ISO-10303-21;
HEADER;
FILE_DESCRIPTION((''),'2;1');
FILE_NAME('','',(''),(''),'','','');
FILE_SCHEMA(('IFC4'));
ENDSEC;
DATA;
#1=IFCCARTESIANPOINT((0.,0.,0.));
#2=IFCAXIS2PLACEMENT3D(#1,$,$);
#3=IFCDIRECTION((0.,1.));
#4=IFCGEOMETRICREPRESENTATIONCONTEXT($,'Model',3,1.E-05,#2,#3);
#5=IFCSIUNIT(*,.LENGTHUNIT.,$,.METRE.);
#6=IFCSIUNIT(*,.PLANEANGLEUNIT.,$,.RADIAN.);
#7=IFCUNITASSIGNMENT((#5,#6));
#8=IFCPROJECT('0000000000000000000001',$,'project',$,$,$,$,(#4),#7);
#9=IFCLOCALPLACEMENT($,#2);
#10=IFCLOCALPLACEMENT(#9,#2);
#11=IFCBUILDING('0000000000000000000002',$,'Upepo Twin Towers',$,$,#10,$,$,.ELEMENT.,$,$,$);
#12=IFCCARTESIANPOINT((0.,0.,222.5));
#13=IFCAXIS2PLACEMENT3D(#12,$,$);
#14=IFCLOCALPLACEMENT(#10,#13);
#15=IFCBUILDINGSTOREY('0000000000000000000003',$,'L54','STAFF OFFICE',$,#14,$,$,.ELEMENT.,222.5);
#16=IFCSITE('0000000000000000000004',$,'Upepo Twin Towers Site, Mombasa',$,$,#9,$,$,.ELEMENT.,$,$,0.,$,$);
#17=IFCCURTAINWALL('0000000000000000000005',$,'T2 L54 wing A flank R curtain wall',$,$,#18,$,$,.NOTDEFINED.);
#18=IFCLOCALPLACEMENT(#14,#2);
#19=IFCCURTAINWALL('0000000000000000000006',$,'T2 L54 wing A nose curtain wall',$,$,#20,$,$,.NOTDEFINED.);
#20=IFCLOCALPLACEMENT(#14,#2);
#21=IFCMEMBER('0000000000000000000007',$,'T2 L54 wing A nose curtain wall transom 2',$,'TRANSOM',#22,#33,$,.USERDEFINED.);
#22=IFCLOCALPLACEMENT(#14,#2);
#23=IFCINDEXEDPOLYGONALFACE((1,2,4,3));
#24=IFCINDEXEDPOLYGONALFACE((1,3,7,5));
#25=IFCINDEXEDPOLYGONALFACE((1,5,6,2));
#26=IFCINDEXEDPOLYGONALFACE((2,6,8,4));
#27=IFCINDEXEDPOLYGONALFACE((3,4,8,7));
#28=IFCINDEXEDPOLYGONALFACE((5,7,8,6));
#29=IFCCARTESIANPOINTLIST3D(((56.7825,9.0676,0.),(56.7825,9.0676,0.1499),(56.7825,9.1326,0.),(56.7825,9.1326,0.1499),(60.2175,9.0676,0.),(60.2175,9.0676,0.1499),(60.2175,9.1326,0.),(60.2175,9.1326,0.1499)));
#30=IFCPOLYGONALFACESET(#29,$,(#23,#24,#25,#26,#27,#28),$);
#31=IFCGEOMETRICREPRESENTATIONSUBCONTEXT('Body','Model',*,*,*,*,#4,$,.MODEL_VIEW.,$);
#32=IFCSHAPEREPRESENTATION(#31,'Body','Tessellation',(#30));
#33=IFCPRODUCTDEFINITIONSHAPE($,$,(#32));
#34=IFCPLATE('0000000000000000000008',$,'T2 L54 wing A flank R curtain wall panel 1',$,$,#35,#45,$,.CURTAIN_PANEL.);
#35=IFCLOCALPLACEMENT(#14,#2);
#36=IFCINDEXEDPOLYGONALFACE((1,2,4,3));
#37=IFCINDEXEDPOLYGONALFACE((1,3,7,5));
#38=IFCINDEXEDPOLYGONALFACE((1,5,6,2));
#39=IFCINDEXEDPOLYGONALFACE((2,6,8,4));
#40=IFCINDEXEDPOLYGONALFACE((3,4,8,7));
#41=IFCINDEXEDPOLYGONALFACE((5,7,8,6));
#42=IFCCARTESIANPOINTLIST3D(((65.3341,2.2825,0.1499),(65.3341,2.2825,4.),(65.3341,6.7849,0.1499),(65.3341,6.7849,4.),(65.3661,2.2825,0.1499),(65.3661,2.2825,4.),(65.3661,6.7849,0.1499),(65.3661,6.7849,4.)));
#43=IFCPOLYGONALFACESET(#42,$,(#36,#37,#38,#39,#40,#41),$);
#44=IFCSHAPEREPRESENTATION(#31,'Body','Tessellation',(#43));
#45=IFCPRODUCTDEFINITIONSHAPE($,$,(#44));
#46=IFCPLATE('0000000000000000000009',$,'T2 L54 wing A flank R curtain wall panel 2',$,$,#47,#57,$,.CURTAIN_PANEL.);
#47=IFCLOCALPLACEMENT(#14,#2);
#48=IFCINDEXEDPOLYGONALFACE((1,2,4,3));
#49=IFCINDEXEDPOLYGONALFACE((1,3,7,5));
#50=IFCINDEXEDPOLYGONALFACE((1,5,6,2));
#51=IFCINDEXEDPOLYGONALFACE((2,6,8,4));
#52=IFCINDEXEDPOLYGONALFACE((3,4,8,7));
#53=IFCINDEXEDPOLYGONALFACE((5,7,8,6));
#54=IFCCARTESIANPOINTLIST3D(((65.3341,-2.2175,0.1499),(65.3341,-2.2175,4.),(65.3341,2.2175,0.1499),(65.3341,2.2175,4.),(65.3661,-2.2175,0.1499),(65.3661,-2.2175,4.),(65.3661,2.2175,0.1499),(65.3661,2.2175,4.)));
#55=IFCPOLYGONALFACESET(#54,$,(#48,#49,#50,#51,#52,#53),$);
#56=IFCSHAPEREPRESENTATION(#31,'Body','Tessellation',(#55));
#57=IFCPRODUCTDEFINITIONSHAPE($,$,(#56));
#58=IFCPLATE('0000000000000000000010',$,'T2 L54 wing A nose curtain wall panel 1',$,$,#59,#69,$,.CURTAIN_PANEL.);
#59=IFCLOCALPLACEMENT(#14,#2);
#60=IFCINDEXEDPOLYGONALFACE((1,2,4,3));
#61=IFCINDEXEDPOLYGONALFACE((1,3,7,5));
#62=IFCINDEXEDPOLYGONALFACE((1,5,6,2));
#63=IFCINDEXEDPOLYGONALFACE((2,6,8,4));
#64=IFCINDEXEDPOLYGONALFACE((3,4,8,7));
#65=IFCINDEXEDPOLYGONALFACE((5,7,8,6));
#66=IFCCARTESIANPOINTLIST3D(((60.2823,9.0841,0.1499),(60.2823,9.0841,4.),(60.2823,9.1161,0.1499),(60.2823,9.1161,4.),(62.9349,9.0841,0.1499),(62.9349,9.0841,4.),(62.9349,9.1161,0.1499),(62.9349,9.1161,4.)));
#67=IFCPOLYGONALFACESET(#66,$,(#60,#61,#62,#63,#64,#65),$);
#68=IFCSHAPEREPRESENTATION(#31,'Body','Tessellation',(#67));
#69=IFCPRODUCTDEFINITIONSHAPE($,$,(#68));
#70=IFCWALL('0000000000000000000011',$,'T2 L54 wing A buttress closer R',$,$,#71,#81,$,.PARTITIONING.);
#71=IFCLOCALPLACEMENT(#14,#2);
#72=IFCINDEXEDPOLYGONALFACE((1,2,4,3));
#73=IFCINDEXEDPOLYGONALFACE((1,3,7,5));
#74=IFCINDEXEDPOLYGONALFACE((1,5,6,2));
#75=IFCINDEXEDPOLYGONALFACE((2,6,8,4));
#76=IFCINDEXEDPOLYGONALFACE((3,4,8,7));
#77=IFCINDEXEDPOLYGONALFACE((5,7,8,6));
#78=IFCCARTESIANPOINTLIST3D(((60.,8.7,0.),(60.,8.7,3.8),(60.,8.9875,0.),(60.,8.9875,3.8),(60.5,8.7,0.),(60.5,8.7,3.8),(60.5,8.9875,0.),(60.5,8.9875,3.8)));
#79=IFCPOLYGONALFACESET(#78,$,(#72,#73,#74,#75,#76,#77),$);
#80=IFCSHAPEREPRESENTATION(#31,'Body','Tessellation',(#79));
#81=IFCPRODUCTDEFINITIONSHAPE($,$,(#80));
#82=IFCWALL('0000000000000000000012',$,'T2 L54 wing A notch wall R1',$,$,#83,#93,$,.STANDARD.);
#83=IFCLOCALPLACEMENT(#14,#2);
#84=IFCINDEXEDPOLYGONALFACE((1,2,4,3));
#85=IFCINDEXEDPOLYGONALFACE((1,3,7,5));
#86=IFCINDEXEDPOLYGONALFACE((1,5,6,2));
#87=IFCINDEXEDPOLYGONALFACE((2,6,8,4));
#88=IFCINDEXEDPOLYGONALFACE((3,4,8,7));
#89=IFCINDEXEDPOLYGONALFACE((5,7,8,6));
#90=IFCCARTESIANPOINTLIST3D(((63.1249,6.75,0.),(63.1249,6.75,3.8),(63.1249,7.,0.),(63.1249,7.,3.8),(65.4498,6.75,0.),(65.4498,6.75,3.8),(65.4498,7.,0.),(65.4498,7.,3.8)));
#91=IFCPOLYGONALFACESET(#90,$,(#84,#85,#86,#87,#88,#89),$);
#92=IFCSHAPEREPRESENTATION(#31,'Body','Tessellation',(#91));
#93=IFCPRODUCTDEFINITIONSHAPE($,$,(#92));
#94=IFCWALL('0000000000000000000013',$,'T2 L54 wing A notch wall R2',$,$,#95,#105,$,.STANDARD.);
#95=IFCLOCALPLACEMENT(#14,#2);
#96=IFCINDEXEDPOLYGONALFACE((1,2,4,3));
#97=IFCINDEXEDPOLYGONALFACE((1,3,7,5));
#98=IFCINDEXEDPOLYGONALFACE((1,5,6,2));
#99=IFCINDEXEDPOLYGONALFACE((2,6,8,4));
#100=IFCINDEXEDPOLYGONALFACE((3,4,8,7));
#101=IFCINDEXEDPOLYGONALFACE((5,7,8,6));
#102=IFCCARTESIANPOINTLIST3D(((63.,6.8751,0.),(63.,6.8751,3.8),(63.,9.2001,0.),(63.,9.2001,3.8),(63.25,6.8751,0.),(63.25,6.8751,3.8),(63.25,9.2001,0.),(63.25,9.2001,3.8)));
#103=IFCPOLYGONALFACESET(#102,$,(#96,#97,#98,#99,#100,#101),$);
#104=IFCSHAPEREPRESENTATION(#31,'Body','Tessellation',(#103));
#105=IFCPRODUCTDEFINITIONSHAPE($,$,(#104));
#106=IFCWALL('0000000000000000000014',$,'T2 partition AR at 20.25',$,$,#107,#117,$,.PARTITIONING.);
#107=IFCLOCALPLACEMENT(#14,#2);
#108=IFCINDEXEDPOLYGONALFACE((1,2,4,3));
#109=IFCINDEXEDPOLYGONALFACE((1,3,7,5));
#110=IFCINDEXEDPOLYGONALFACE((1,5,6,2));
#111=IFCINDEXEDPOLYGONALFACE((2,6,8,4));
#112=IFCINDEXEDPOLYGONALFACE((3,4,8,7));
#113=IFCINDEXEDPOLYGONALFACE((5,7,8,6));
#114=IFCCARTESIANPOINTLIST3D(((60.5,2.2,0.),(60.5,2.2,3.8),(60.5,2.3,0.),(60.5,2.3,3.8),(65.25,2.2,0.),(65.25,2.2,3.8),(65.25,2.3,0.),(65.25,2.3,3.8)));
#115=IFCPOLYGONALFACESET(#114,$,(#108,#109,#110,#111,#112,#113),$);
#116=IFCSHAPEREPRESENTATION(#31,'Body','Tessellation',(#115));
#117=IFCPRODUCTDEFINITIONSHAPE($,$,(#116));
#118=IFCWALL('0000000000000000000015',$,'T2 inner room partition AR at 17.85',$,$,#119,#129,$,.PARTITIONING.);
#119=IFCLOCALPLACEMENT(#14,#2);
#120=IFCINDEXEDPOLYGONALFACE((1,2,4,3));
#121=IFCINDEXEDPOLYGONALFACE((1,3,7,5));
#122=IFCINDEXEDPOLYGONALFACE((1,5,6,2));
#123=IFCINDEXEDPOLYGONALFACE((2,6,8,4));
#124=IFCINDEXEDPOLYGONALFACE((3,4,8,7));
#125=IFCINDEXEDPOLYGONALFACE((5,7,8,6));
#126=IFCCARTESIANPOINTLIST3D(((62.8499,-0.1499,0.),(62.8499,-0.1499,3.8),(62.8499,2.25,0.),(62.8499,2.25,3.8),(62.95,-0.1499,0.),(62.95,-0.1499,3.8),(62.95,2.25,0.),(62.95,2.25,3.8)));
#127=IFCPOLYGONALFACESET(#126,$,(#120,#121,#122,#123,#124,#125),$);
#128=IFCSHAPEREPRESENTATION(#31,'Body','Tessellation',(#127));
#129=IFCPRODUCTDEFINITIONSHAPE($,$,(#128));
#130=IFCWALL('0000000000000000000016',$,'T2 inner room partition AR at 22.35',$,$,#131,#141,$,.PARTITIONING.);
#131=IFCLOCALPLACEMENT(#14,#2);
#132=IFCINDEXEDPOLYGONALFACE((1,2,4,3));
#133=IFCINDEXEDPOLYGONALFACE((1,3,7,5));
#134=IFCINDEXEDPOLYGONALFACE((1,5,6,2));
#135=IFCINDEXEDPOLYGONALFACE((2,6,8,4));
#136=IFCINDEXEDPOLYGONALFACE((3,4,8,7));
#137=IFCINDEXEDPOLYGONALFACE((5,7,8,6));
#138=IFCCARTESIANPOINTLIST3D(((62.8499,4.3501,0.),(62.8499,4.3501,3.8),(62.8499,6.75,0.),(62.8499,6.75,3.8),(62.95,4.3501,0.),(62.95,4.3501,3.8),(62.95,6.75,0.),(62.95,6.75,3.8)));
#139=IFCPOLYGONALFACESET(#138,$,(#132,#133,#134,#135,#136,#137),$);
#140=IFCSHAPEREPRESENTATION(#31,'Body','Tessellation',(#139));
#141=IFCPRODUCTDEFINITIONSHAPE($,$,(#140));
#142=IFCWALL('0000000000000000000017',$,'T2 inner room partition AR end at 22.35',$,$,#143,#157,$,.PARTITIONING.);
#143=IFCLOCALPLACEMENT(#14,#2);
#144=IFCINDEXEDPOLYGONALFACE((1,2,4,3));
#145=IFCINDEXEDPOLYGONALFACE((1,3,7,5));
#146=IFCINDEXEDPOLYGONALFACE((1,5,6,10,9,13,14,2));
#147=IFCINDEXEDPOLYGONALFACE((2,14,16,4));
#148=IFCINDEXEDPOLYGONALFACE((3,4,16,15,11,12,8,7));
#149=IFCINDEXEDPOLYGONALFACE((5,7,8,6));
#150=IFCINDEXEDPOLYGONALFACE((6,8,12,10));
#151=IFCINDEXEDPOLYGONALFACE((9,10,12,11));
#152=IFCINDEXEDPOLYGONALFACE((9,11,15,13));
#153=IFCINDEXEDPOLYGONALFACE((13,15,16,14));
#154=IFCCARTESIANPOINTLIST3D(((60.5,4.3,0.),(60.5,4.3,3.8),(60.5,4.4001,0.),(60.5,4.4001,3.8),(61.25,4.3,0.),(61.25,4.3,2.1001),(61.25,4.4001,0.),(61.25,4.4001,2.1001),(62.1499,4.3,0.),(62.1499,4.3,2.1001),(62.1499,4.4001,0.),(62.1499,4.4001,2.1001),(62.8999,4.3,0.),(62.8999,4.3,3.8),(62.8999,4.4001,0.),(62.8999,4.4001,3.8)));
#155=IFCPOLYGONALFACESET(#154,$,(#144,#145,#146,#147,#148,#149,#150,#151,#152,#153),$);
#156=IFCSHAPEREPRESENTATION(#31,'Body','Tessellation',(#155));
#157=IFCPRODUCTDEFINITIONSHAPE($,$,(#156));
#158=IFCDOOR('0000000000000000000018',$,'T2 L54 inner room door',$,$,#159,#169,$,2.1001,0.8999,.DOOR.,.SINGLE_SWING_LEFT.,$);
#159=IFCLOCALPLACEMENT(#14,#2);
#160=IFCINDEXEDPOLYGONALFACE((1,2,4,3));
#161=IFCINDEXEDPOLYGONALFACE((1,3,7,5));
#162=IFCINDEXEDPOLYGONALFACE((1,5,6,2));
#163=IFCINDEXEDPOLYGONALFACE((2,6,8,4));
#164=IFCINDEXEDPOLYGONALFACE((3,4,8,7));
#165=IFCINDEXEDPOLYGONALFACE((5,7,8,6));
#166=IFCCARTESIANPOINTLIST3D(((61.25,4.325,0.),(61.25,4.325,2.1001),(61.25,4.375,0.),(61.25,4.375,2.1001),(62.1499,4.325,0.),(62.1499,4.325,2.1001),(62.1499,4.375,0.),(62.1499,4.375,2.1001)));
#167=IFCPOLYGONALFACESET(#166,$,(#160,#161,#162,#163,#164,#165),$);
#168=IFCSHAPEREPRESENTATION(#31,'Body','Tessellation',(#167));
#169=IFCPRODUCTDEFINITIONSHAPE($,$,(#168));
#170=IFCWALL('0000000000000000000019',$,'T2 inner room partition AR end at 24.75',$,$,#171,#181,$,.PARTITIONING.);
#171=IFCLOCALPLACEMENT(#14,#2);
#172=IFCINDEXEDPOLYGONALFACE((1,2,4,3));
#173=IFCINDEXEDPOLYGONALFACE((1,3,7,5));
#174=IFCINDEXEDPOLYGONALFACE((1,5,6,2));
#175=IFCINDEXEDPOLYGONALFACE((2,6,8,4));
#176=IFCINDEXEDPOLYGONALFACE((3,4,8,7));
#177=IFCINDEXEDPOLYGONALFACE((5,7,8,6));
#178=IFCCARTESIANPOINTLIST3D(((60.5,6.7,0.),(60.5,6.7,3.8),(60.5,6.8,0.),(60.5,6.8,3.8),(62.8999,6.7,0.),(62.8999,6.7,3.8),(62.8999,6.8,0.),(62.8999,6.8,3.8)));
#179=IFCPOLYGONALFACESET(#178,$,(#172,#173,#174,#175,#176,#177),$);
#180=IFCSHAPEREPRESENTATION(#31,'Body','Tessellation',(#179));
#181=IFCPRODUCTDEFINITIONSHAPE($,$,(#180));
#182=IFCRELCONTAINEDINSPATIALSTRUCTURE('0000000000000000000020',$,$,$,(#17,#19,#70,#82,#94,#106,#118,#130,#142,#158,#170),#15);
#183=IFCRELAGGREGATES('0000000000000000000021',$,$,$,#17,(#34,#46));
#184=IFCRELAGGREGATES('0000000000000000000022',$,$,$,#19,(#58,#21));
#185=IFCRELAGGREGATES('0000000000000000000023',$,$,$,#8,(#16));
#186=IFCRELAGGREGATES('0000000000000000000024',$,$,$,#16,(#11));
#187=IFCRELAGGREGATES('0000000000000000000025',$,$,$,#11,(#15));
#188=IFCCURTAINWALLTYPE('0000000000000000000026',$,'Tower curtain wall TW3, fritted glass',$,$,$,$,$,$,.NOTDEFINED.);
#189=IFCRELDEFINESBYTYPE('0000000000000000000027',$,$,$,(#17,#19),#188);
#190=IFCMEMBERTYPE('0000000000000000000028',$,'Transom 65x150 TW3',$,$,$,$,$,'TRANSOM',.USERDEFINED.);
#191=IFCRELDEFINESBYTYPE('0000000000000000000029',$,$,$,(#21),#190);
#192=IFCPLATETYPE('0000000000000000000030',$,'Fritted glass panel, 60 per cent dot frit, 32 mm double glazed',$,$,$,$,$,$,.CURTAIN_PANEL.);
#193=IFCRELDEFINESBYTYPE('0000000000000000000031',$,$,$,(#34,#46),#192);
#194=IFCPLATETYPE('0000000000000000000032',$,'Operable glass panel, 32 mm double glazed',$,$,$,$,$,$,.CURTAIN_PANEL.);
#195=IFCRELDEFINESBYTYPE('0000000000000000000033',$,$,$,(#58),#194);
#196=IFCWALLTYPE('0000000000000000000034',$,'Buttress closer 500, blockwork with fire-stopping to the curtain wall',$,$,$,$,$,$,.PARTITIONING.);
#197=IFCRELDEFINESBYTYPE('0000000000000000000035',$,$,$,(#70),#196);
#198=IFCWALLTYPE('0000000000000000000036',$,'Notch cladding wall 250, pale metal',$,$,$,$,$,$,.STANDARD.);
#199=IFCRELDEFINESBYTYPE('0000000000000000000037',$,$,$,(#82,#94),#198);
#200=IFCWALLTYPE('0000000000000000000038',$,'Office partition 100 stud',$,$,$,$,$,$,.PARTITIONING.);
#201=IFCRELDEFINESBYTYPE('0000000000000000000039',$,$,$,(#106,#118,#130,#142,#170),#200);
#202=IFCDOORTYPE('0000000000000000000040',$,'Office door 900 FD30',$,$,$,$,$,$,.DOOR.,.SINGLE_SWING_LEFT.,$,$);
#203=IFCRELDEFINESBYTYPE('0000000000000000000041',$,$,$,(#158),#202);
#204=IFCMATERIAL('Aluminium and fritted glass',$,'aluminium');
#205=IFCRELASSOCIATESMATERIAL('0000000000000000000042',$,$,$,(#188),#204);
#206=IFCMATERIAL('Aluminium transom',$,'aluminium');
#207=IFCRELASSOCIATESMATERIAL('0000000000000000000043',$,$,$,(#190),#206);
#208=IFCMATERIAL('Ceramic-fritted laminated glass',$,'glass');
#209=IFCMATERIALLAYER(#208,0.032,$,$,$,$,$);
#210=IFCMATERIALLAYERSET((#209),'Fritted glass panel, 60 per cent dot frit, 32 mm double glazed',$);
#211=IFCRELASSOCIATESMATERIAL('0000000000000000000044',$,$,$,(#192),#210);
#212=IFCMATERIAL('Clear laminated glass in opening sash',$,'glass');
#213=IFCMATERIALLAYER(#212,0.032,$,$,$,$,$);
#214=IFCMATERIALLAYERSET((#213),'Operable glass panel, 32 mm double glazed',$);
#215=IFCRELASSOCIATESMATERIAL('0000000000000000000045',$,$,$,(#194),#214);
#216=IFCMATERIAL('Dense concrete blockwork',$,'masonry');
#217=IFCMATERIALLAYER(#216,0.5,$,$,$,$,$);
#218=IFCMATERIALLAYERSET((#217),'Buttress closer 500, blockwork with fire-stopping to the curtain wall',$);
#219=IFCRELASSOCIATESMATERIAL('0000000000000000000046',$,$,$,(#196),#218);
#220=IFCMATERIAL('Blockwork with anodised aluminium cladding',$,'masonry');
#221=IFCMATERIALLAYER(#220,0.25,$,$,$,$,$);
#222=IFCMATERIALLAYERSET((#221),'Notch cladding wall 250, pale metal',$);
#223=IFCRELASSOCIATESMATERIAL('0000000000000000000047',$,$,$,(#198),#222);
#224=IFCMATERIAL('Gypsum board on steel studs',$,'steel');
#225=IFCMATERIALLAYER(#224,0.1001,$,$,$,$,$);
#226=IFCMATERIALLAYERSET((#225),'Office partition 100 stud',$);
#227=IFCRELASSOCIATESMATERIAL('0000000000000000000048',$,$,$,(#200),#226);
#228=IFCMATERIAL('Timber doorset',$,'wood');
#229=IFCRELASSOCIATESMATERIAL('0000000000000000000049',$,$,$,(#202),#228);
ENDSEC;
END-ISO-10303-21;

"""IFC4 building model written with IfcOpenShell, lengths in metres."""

from ifc_helpers import new_model, si_unit, direction, frame, frame_2d, origin, origin_2d, place, context, subcontext, project, spatial, rectangle, extrude, material, layer, layer_set, material_profile, profile_set, type_object, element, fill, aggregate, save


model = new_model("IFC4")

# Units and contexts
model_context = context("Model", 3, precision=1e-05, world=origin(), true_north=direction((0.0, 1.0)))
body_context = subcontext(model_context, "Body", "Model", "MODEL_VIEW")
ifc_project = project(units=[si_unit("LENGTHUNIT", "METRE"), si_unit("PLANEANGLEUNIT", "RADIAN")], contexts=[model_context])

# Site, building, storey
site_placement = place(None, origin())
site = spatial("IfcSite", under=ifc_project, at=site_placement, Name="Upepo Twin Towers Site, Mombasa", CompositionType="ELEMENT", RefElevation=0.0)
building_placement = place(site_placement, origin())
building = spatial("IfcBuilding", under=site, at=building_placement, Name="Upepo Twin Towers", CompositionType="ELEMENT")
storey_placement = place(building_placement, frame((0.0, 0.0, 222.5)))
storey = spatial("IfcBuildingStorey", under=building, at=storey_placement, Name="L54", Description="STAFF OFFICE", CompositionType="ELEMENT", Elevation=222.5)

# Curtain walls
ifc_material_1 = material(Name="Aluminium and fritted glass", Category="aluminium")
curtain_wall_type = type_object("IfcCurtainWallType", Name="Tower curtain wall TW3, fritted glass", PredefinedType="NOTDEFINED", material=ifc_material_1)
curtain_wall_1_placement = place(storey_placement, origin())
curtain_wall_1 = element("IfcCurtainWall", 1, at=curtain_wall_1_placement, inside=storey, type_object=curtain_wall_type, Name="T2 L54 wing A flank R curtain wall", PredefinedType="NOTDEFINED")
curtain_wall_2_placement = place(storey_placement, origin())
curtain_wall_2 = element("IfcCurtainWall", 2, at=curtain_wall_2_placement, inside=storey, type_object=curtain_wall_type, Name="T2 L54 wing A nose curtain wall", PredefinedType="NOTDEFINED")

# Member
ifc_material_2 = material(Name="Aluminium transom", Category="aluminium")
ifc_material_profile_1 = material_profile(ifc_material_2, rectangle(XDim=0.0649, YDim=0.1499, at=origin_2d()), Name="TRANSOM 65x150")
ifc_profile_set_1 = profile_set([ifc_material_profile_1], Name="Aluminium transom")
member_type_1 = type_object("IfcMemberType", Name="Transom 65x150 TW3", ElementType="TRANSOM", PredefinedType="USERDEFINED", material=ifc_profile_set_1)
member_1_placement = place(storey_placement, frame((60.2175, 9.1001, 0.075), z_axis=(-1.0, 0.0, 0.0), x_axis=(0.0, -1.0, 0.0)))
member_1 = element("IfcMember", 3, at=member_1_placement, type_object=member_type_1, Name="T2 L54 wing A nose curtain wall transom 2", ObjectType="TRANSOM", PredefinedType="USERDEFINED", context=body_context, shape_type="SweptSolid", body=[
    extrude(rectangle(XDim=0.0649, YDim=0.1499, at=origin_2d()), origin(), (0.0, 0.0, 1.0), 3.4351),
])

# Plates
ifc_material_3 = material(Name="Ceramic-fritted laminated glass", Category="glass")
ifc_layer_1 = layer(ifc_material_3, 0.032)
ifc_layer_set_1 = layer_set([ifc_layer_1], Name="Fritted glass panel, 60 per cent dot frit, 32 mm double glazed")
plate_type_1 = type_object("IfcPlateType", Name="Fritted glass panel, 60 per cent dot frit, 32 mm double glazed", PredefinedType="CURTAIN_PANEL", material=ifc_layer_set_1)
plate_1_placement = place(storey_placement, frame((65.3501, 4.5337, 0.1499), z_axis=(0.0, 0.0, 1.0), x_axis=(0.0, -1.0, 0.0)))
plate_1 = element("IfcPlate", 4, at=plate_1_placement, type_object=plate_type_1, Name="T2 L54 wing A flank R curtain wall panel 1", PredefinedType="CURTAIN_PANEL", context=body_context, shape_type="SweptSolid", body=[
    extrude(rectangle(XDim=4.5024, YDim=0.032, at=origin_2d()), origin(), (0.0, 0.0, 1.0), 3.8501),
])
plate_2_placement = place(storey_placement, frame((65.3501, 0.0, 0.1499), z_axis=(0.0, 0.0, 1.0), x_axis=(0.0, -1.0, 0.0)))
plate_2 = element("IfcPlate", 5, at=plate_2_placement, type_object=plate_type_1, Name="T2 L54 wing A flank R curtain wall panel 2", PredefinedType="CURTAIN_PANEL", context=body_context, shape_type="SweptSolid", body=[
    extrude(rectangle(XDim=4.4351, YDim=0.032, at=origin_2d()), origin(), (0.0, 0.0, 1.0), 3.8501),
])
aggregate(curtain_wall_1, [plate_1, plate_2])
ifc_material_4 = material(Name="Clear laminated glass in opening sash", Category="glass")
ifc_layer_2 = layer(ifc_material_4, 0.032)
ifc_layer_set_2 = layer_set([ifc_layer_2], Name="Operable glass panel, 32 mm double glazed")
plate_type_2 = type_object("IfcPlateType", Name="Operable glass panel, 32 mm double glazed", PredefinedType="CURTAIN_PANEL", material=ifc_layer_set_2)
plate_3_placement = place(storey_placement, frame((61.6086, 9.1001, 0.1499), z_axis=(0.0, 0.0, 1.0), x_axis=(-1.0, 0.0, 0.0)))
plate_3 = element("IfcPlate", 6, at=plate_3_placement, type_object=plate_type_2, Name="T2 L54 wing A nose curtain wall panel 1", PredefinedType="CURTAIN_PANEL", context=body_context, shape_type="SweptSolid", body=[
    extrude(rectangle(XDim=2.6526, YDim=0.032, at=origin_2d()), origin(), (0.0, 0.0, 1.0), 3.8501),
])
aggregate(curtain_wall_2, [plate_3, member_1])

# Walls
ifc_material_5 = material(Name="Dense concrete blockwork", Category="masonry")
ifc_layer_3 = layer(ifc_material_5, 0.5)
ifc_layer_set_3 = layer_set([ifc_layer_3], Name="Buttress closer 500, blockwork with fire-stopping to the curtain wall")
wall_type_1 = type_object("IfcWallType", Name="Buttress closer 500, blockwork with fire-stopping to the curtain wall", PredefinedType="PARTITIONING", material=ifc_layer_set_3)
wall_1_placement = place(storey_placement, frame((60.25, 8.7, 0.0), z_axis=(0.0, 0.0, 1.0), x_axis=(0.0, 1.0, 0.0)))
element("IfcWall", 7, at=wall_1_placement, inside=storey, type_object=wall_type_1, Name="T2 L54 wing A buttress closer R", PredefinedType="PARTITIONING", context=body_context, shape_type="SweptSolid", body=[
    extrude(rectangle(XDim=0.2876, YDim=0.5, at=frame_2d((0.1438, 0.0))), origin(), (0.0, 0.0, 1.0), 3.8),
])
ifc_material_6 = material(Name="Blockwork with anodised aluminium cladding", Category="masonry")
ifc_layer_4 = layer(ifc_material_6, 0.25)
ifc_layer_set_4 = layer_set([ifc_layer_4], Name="Notch cladding wall 250, pale metal")
wall_type_2 = type_object("IfcWallType", Name="Notch cladding wall 250, pale metal", PredefinedType="STANDARD", material=ifc_layer_set_4)
for number, where, z_axis, x_axis, name in (
    (8, (65.45, 6.875, 0.0), (0.0, 0.0, 1.0), (-1.0, 0.0, 0.0), "T2 L54 wing A notch wall R1"),
    (9, (63.125, 6.875, 0.0), (0.0, 0.0, 1.0), (0.0, 1.0, 0.0), "T2 L54 wing A notch wall R2"),
):
    element("IfcWall", number, at=place(storey_placement, frame(where, z_axis=z_axis, x_axis=x_axis)), inside=storey, type_object=wall_type_2, Name=name, PredefinedType="STANDARD", context=body_context, shape_type="SweptSolid", body=[
        extrude(rectangle(XDim=2.325, YDim=0.25, at=frame_2d((1.1626, 0.0))), origin(), (0.0, 0.0, 1.0), 3.8),
    ])
ifc_material_7 = material(Name="Gypsum board on steel studs", Category="steel")
ifc_layer_5 = layer(ifc_material_7, 0.1001)
ifc_layer_set_5 = layer_set([ifc_layer_5], Name="Office partition 100 stud")
wall_type_3 = type_object("IfcWallType", Name="Office partition 100 stud", PredefinedType="PARTITIONING", material=ifc_layer_set_5)
wall_2_placement = place(storey_placement, frame((60.5, 2.25, 0.0), z_axis=(0.0, 0.0, 1.0), x_axis=(1.0, 0.0, 0.0)))
element("IfcWall", 10, at=wall_2_placement, inside=storey, type_object=wall_type_3, Name="T2 partition AR at 20.25", PredefinedType="PARTITIONING", context=body_context, shape_type="SweptSolid", body=[
    extrude(rectangle(XDim=4.75, YDim=0.1001, at=frame_2d((2.375, 0.0))), origin(), (0.0, 0.0, 1.0), 3.8),
])
for number, where, z_axis, x_axis, name in (
    (11, (62.8999, -0.1499, 0.0), (0.0, 0.0, 1.0), (0.0, 1.0, 0.0), "T2 inner room partition AR at 17.85"),
    (12, (62.8999, 4.3501, 0.0), (0.0, 0.0, 1.0), (0.0, 1.0, 0.0), "T2 inner room partition AR at 22.35"),
):
    element("IfcWall", number, at=place(storey_placement, frame(where, z_axis=z_axis, x_axis=x_axis)), inside=storey, type_object=wall_type_3, Name=name, PredefinedType="PARTITIONING", context=body_context, shape_type="SweptSolid", body=[
        extrude(rectangle(XDim=2.3999, YDim=0.1001, at=frame_2d((1.2, 0.0))), origin(), (0.0, 0.0, 1.0), 3.8),
    ])

# Wall, opening, door
wall_3_placement = place(storey_placement, frame((60.5, 4.3501, 0.0), z_axis=(0.0, 0.0, 1.0), x_axis=(1.0, 0.0, 0.0)))
wall_3 = element("IfcWall", 13, at=wall_3_placement, inside=storey, type_object=wall_type_3, Name="T2 inner room partition AR end at 22.35", PredefinedType="PARTITIONING", context=body_context, shape_type="SweptSolid", body=[
    extrude(rectangle(XDim=2.3999, YDim=0.1001, at=frame_2d((1.2, 0.0))), origin(), (0.0, 0.0, 1.0), 3.8),
])
opening_placement = place(wall_3_placement, frame((0.75, 0.0, 0.0)))
opening = element("IfcOpeningElement", 14, at=opening_placement, cuts=wall_3, PredefinedType="OPENING", context=body_context, shape_type="SweptSolid", body=[
    extrude(rectangle(XDim=0.8999, YDim=2.1001, at=frame_2d((0.45, 1.05))), frame((0.0, 0.0601, 0.0), z_axis=(0.0, -1.0, 0.0), x_axis=(1.0, 0.0, 0.0)), (0.0, 0.0, 1.0), 0.1201),
])
ifc_material_8 = material(Name="Timber doorset", Category="wood")
door_type = type_object("IfcDoorType", Name="Office door 900 FD30", OperationType="SINGLE_SWING_LEFT", PredefinedType="DOOR", material=ifc_material_8)
door_placement = place(opening_placement, origin())
door = element("IfcDoor", 15, at=door_placement, inside=storey, type_object=door_type, Name="T2 L54 inner room door", OperationType="SINGLE_SWING_LEFT", OverallHeight=2.1001, OverallWidth=0.8999, PredefinedType="DOOR", context=body_context, shape_type="SweptSolid", body=[
    extrude(rectangle(XDim=0.8999, YDim=2.1001, at=frame_2d((0.45, 1.05))), frame((0.0, 0.0249, 0.0), z_axis=(0.0, -1.0, 0.0), x_axis=(1.0, 0.0, 0.0)), (0.0, 0.0, 1.0), 0.05),
])
fill(opening, door)

# Wall
wall_4_placement = place(storey_placement, frame((60.5, 6.75, 0.0), z_axis=(0.0, 0.0, 1.0), x_axis=(1.0, 0.0, 0.0)))
element("IfcWall", 16, at=wall_4_placement, inside=storey, type_object=wall_type_3, Name="T2 inner room partition AR end at 24.75", PredefinedType="PARTITIONING", context=body_context, shape_type="SweptSolid", body=[
    extrude(rectangle(XDim=2.3999, YDim=0.1001, at=frame_2d((1.2, 0.0))), origin(), (0.0, 0.0, 1.0), 3.8),
])

save(model, "model.ifc")
